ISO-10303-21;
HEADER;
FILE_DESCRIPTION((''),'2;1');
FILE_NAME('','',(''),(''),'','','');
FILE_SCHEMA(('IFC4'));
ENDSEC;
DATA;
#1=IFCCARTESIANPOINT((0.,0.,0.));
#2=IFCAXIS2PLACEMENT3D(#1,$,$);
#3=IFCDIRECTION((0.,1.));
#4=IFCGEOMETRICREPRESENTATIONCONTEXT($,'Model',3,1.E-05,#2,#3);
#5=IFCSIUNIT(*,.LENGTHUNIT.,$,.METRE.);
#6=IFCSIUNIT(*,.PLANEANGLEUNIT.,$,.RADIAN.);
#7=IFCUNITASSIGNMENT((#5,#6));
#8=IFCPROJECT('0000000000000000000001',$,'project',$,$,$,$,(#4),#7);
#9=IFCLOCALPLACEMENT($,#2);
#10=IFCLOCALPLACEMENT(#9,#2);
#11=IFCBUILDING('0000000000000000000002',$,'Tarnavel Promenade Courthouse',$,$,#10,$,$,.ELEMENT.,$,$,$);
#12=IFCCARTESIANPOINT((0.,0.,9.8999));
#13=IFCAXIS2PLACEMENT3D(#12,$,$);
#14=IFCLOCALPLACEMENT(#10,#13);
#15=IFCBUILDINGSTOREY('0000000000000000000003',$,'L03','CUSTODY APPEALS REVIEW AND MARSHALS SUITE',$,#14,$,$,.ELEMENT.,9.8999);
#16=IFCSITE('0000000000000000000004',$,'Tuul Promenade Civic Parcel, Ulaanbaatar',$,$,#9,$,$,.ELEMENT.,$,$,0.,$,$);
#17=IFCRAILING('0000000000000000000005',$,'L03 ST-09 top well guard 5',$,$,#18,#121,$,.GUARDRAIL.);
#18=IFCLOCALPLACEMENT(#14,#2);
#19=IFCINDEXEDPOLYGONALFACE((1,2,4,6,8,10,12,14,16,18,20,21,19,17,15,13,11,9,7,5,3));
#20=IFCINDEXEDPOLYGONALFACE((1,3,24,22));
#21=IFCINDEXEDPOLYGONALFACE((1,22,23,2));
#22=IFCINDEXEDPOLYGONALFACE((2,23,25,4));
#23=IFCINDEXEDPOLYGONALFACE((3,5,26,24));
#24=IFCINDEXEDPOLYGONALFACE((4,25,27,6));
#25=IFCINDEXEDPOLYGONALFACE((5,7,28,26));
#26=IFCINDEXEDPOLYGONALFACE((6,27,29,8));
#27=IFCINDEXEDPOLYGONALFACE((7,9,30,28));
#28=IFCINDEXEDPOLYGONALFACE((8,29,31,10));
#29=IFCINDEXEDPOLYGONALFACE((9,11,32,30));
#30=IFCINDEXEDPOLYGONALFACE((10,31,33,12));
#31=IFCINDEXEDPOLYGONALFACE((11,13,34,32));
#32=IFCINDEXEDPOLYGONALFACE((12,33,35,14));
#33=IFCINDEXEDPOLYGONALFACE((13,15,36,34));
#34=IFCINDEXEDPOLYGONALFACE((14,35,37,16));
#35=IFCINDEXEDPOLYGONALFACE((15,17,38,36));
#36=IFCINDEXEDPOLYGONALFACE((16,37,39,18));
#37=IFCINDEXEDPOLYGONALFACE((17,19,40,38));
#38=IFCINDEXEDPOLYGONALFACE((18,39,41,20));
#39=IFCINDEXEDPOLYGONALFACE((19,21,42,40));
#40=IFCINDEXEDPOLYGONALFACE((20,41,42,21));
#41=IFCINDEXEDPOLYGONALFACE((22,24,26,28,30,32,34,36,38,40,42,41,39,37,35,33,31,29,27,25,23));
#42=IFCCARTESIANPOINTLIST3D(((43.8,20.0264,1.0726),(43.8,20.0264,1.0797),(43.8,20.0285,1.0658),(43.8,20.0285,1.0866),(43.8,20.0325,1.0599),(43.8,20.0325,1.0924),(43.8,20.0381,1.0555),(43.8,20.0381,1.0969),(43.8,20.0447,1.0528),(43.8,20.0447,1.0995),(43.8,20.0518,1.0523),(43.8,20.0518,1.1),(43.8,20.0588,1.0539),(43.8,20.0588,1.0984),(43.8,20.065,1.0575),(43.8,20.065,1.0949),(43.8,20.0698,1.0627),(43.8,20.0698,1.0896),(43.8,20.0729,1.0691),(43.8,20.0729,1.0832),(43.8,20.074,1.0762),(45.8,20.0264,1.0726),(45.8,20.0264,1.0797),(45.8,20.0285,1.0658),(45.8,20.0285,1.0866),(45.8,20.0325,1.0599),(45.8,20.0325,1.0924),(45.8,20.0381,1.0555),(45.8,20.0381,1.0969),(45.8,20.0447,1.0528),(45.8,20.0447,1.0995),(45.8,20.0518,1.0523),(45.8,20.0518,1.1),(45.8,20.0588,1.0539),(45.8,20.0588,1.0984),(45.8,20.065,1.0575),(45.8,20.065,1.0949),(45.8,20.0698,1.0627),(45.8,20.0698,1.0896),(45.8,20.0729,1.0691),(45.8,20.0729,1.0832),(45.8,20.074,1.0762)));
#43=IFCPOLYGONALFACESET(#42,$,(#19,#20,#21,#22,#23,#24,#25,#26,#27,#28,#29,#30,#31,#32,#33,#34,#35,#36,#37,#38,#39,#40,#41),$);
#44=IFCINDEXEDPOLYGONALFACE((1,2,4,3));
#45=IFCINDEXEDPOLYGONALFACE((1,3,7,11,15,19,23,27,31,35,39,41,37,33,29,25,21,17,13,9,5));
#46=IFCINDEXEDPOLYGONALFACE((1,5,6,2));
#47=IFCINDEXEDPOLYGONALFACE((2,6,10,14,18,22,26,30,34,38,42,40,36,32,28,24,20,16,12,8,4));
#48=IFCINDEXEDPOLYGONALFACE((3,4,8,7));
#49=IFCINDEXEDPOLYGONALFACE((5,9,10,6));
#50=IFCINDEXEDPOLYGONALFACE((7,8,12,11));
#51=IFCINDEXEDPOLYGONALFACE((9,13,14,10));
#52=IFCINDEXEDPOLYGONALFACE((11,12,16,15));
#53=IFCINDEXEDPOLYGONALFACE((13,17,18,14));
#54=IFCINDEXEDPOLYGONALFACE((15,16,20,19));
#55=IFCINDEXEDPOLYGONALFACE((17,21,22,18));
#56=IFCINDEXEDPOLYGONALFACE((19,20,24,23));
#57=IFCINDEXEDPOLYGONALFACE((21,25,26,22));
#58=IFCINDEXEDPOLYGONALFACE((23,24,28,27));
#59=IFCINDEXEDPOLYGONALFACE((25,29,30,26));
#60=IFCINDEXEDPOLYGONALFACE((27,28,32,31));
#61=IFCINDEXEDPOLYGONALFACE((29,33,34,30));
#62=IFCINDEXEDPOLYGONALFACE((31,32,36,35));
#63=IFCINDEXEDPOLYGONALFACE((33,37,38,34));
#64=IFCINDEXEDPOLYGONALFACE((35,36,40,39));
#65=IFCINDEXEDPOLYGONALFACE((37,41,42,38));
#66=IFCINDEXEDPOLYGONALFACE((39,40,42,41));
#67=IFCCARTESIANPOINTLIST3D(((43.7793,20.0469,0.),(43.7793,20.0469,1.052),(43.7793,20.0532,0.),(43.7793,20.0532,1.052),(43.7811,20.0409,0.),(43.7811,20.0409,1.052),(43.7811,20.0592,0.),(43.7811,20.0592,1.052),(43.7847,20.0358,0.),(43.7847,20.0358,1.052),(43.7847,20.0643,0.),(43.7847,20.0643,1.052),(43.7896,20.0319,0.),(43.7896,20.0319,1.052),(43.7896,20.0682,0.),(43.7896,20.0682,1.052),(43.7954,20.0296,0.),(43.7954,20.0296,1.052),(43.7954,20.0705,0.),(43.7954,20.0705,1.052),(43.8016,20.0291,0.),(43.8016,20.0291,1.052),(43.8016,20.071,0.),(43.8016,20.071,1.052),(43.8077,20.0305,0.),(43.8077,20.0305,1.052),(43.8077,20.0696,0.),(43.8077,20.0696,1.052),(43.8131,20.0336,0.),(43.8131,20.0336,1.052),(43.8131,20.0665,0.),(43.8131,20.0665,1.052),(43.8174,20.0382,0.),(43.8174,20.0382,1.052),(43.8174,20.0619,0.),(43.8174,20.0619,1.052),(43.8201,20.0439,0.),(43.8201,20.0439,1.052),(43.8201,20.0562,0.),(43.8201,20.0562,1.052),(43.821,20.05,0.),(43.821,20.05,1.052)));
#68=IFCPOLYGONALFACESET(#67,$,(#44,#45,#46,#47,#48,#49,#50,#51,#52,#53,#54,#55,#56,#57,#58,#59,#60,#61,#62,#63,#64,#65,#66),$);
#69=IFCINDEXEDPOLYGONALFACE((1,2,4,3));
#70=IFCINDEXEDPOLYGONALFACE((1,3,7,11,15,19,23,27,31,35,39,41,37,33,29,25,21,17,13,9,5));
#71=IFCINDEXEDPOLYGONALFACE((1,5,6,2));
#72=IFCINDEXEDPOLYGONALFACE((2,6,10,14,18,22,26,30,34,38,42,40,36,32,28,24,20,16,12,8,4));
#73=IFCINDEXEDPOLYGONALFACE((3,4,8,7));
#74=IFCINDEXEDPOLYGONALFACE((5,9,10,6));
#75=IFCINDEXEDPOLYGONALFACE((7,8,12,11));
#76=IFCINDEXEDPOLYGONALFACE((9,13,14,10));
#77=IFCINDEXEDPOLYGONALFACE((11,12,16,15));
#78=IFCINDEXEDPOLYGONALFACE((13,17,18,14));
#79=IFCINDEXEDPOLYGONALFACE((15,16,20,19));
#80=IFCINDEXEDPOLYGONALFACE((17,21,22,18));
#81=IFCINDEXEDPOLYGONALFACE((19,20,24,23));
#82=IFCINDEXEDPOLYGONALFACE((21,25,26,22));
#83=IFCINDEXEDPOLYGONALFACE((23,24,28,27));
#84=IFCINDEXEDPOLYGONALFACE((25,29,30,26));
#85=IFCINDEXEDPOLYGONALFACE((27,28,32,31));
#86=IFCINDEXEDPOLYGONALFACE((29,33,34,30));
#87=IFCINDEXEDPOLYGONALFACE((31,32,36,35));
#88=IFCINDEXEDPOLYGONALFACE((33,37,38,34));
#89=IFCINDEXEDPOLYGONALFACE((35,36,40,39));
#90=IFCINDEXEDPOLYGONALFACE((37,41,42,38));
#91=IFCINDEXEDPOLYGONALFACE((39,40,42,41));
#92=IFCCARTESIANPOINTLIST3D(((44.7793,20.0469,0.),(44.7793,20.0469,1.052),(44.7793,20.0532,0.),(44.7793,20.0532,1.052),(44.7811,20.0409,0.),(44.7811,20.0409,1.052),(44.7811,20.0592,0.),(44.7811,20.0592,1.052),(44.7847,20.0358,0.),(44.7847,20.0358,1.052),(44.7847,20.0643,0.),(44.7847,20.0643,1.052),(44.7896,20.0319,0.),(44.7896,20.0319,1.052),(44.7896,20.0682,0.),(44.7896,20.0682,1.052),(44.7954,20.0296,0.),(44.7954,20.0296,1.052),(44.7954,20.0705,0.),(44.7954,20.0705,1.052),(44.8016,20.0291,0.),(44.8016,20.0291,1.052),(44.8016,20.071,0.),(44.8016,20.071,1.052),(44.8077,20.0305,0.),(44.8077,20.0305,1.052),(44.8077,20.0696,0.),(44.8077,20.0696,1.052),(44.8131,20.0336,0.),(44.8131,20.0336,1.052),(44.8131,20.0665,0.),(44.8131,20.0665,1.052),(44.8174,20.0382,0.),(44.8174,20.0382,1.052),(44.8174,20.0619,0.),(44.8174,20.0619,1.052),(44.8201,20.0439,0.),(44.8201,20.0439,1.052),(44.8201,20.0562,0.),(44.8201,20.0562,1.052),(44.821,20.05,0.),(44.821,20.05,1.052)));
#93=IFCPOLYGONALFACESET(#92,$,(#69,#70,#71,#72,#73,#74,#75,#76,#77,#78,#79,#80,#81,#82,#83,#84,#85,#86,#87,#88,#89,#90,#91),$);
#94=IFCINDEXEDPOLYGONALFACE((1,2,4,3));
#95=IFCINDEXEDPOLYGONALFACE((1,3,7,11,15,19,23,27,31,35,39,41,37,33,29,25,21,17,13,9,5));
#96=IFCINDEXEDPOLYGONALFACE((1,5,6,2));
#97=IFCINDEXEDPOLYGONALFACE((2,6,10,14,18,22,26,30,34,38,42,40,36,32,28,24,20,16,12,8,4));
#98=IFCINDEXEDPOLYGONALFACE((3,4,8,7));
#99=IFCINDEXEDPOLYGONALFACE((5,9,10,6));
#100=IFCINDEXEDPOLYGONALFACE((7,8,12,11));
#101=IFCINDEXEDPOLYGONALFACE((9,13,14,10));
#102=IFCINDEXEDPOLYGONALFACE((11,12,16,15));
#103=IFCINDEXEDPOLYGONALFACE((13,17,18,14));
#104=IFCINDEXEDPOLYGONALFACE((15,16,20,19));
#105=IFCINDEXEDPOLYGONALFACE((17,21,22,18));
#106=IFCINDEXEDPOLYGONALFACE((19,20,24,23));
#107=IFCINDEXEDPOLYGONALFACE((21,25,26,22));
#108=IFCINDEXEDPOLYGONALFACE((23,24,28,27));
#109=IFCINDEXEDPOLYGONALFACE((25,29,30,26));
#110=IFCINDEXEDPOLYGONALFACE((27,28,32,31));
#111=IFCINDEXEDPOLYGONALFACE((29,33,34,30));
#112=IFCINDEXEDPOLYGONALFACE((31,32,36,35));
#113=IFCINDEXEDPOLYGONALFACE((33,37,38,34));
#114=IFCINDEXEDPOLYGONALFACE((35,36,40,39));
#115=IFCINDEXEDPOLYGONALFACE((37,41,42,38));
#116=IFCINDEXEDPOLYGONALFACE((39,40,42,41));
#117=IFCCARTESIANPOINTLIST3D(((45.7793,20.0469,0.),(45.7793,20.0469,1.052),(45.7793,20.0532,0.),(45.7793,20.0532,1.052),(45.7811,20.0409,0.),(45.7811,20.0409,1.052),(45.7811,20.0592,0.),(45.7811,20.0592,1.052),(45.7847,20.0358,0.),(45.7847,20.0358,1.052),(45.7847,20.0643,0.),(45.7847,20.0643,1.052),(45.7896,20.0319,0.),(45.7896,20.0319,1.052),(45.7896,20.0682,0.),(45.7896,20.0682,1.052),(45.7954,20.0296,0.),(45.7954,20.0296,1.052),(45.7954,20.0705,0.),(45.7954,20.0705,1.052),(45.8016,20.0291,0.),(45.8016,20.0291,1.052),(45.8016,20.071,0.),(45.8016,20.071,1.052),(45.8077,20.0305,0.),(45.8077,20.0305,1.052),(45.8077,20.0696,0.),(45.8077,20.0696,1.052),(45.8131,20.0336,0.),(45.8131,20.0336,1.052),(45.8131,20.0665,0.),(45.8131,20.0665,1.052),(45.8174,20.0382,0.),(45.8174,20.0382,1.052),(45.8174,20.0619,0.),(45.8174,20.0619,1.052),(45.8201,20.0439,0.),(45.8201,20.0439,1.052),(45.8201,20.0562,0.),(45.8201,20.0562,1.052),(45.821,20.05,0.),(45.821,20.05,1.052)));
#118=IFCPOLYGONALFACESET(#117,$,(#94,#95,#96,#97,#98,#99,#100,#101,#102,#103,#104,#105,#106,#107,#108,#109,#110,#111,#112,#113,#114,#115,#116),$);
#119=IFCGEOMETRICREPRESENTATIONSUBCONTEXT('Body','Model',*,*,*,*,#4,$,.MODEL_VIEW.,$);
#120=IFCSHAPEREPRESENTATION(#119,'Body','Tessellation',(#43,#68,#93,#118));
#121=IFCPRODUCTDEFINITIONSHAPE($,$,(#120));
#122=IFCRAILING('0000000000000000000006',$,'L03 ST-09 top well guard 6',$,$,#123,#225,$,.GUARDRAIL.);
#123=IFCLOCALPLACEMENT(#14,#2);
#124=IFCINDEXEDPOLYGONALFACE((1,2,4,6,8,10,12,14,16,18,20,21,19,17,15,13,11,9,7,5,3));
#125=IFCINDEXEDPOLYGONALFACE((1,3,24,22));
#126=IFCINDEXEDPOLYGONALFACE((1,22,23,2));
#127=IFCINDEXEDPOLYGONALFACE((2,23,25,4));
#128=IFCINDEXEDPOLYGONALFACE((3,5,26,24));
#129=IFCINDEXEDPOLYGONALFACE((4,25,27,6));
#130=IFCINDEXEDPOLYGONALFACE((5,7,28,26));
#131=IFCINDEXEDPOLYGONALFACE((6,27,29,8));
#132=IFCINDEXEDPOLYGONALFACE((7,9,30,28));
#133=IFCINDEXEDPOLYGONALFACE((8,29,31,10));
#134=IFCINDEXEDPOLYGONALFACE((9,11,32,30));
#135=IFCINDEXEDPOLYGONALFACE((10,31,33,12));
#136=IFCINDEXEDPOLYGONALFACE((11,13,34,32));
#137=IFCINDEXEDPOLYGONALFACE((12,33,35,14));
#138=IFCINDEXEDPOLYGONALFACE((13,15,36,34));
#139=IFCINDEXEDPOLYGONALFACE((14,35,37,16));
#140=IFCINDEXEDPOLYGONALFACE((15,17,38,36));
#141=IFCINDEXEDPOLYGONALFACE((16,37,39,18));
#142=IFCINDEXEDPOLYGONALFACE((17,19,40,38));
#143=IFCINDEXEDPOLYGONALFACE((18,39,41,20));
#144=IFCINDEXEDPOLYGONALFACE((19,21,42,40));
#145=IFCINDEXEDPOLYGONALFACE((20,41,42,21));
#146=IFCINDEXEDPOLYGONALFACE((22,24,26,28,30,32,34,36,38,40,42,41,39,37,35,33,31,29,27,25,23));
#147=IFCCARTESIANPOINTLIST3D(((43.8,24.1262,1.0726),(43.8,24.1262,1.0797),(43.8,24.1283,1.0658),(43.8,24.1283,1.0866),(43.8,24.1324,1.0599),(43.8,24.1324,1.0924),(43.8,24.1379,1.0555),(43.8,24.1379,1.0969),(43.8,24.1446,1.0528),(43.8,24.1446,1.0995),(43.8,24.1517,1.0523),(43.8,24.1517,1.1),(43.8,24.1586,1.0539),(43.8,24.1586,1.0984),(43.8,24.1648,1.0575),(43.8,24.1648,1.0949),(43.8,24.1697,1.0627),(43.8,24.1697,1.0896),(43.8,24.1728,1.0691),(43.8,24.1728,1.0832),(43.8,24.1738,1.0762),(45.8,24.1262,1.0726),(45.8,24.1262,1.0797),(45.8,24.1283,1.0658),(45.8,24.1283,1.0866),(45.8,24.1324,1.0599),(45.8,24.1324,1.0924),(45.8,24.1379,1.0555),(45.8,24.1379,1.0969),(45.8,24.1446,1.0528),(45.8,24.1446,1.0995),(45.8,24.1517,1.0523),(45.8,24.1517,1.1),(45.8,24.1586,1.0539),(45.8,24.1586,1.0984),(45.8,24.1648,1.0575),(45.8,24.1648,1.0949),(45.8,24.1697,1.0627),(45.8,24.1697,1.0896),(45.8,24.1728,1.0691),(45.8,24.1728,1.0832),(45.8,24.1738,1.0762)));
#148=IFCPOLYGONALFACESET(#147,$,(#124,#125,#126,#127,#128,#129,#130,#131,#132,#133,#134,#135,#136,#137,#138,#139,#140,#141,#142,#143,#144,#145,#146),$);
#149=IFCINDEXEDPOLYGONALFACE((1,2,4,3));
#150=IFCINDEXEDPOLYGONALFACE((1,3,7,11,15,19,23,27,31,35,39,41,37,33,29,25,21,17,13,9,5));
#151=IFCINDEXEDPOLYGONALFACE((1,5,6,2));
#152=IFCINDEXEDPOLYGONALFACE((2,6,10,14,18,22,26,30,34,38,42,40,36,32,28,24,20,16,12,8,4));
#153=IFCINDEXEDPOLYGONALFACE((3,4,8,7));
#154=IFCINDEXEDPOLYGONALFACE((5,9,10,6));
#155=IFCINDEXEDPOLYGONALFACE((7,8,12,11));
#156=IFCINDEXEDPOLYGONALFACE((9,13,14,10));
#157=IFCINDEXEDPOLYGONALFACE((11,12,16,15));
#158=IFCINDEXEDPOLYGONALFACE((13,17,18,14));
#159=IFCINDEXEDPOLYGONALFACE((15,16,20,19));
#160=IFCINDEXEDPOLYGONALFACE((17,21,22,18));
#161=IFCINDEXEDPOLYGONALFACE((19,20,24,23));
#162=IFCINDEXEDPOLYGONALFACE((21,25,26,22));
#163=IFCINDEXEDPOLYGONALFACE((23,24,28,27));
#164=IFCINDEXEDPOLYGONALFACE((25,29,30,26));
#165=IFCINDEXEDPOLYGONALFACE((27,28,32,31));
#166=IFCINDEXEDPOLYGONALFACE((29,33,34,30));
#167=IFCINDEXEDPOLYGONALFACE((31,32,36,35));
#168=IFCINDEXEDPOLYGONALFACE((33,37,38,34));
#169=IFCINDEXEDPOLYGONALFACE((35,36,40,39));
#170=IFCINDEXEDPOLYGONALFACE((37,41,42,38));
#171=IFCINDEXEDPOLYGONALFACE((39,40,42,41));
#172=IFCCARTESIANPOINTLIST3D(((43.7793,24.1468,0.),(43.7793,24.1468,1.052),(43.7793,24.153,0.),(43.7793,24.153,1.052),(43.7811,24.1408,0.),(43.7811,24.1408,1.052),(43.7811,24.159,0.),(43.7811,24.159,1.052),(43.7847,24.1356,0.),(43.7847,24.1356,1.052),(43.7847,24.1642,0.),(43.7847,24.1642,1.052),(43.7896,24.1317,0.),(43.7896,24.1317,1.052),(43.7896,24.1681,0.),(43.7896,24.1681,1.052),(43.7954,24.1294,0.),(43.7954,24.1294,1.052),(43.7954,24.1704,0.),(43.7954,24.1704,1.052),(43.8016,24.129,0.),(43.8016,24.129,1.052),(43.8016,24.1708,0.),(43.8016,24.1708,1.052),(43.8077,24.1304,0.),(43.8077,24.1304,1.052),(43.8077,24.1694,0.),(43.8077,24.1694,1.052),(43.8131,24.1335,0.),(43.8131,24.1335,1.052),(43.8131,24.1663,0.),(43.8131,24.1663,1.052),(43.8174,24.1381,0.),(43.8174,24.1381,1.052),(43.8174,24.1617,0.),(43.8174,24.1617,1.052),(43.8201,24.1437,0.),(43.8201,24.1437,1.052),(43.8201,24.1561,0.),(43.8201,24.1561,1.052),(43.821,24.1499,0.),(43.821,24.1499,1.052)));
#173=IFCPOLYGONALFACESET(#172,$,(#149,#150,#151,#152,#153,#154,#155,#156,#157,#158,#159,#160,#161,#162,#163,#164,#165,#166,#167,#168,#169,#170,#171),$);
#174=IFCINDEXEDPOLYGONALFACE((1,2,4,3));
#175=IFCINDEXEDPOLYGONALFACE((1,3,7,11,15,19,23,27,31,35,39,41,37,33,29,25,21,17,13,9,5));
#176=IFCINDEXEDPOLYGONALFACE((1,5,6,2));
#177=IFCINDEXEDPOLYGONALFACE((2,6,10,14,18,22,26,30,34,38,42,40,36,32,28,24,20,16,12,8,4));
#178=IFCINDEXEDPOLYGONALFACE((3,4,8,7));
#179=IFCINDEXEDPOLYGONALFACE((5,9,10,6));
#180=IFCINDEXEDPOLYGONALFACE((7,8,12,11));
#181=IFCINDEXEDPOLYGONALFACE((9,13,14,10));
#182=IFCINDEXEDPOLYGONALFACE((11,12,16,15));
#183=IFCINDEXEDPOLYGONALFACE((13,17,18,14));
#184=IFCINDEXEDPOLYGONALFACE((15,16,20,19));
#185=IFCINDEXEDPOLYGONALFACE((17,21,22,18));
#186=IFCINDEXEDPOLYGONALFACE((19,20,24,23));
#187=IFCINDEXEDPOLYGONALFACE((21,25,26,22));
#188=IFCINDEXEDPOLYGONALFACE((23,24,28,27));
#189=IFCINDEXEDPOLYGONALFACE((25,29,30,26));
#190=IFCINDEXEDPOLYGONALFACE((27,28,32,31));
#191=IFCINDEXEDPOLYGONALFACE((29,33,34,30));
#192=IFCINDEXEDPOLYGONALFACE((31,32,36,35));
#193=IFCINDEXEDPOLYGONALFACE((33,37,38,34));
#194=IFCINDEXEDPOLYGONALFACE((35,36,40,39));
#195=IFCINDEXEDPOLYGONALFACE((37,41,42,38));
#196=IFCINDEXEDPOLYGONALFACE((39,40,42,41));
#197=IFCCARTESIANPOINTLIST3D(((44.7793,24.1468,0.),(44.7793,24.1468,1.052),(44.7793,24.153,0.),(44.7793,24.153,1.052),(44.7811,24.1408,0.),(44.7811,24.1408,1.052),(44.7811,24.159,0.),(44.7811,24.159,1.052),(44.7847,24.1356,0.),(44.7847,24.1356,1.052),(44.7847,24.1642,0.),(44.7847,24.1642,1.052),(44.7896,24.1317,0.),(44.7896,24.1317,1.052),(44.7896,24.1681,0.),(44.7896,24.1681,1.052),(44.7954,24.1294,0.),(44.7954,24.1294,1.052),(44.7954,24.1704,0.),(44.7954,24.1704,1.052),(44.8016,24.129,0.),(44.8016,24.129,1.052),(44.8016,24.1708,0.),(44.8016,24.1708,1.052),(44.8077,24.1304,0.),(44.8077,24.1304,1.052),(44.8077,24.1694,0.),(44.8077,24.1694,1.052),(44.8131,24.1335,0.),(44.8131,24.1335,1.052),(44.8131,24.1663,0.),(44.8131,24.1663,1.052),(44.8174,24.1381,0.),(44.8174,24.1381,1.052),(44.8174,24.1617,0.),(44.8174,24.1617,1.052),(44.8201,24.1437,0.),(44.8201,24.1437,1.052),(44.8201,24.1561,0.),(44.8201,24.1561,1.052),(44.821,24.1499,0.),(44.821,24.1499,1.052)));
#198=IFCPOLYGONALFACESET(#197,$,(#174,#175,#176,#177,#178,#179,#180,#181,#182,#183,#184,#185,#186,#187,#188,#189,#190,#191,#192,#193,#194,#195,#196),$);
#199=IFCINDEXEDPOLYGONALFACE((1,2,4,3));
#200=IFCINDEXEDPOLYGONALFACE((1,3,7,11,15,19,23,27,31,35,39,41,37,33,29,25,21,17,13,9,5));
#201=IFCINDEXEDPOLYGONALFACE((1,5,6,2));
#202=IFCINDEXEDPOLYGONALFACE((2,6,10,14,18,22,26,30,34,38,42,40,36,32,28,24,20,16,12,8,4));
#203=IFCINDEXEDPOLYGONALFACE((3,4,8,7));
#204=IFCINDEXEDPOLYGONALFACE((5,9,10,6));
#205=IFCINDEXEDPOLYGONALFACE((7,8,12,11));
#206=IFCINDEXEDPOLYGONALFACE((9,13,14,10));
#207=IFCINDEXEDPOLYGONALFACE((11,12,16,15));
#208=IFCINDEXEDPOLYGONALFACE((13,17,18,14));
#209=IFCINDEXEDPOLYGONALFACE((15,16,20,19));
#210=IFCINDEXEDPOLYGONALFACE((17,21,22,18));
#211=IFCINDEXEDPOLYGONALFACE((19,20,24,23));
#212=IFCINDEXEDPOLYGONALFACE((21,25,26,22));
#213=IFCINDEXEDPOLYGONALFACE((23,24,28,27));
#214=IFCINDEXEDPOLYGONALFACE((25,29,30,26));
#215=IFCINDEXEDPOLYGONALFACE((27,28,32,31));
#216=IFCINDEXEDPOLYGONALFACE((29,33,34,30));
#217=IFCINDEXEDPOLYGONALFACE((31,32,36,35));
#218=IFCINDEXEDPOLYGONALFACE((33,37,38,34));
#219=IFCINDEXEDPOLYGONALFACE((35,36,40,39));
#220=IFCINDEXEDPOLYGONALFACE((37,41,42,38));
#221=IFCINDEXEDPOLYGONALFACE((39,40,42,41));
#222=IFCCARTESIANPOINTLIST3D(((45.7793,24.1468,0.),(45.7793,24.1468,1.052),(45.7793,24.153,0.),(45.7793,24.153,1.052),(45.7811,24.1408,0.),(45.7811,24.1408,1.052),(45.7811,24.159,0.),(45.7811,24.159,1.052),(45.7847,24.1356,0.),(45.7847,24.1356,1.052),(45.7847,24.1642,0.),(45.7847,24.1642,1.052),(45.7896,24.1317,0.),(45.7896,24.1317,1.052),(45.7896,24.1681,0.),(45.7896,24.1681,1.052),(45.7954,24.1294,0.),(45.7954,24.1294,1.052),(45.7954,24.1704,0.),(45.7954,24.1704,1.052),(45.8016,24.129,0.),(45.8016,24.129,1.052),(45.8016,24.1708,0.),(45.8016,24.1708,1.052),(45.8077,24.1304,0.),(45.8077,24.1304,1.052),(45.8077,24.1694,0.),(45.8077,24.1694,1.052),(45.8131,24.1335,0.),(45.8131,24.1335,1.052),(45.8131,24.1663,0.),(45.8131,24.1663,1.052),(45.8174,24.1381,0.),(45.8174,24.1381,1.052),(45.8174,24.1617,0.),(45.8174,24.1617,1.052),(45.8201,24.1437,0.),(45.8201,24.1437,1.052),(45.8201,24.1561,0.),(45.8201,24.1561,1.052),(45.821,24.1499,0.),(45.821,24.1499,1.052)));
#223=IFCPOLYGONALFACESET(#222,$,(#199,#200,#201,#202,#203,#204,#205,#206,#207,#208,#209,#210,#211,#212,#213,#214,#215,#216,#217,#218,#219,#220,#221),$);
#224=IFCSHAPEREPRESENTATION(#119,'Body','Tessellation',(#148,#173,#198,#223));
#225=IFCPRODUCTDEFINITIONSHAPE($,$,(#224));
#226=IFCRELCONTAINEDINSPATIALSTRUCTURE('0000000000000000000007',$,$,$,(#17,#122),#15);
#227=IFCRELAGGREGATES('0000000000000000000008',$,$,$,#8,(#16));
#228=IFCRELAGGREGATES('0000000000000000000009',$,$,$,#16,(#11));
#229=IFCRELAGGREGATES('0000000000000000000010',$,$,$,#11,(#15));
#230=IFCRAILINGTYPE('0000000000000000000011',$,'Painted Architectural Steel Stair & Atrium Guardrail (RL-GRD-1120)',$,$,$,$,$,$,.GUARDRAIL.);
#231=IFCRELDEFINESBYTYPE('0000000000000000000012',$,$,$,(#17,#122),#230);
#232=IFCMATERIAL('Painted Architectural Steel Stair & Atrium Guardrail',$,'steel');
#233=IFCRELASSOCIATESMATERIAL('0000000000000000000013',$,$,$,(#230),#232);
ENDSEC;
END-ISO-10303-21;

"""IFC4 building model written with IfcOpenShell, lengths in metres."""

from ifc_helpers import new_model, si_unit, direction, frame, origin, origin_2d, place, context, subcontext, project, spatial, circle, extrude, material, type_object, element, save


model = new_model("IFC4")

# Units and contexts
model_context = context("Model", 3, precision=1e-05, world=origin(), true_north=direction((0.0, 1.0)))
body_context = subcontext(model_context, "Body", "Model", "MODEL_VIEW")
ifc_project = project(units=[si_unit("LENGTHUNIT", "METRE"), si_unit("PLANEANGLEUNIT", "RADIAN")], contexts=[model_context])

# Site, building, storey
site_placement = place(None, origin())
site = spatial("IfcSite", under=ifc_project, at=site_placement, Name="Tuul Promenade Civic Parcel, Ulaanbaatar", CompositionType="ELEMENT", RefElevation=0.0)
building_placement = place(site_placement, origin())
building = spatial("IfcBuilding", under=site, at=building_placement, Name="Tarnavel Promenade Courthouse", CompositionType="ELEMENT")
storey_placement = place(building_placement, frame((0.0, 0.0, 9.8999)))
storey = spatial("IfcBuildingStorey", under=building, at=storey_placement, Name="L03", Description="CUSTODY APPEALS REVIEW AND MARSHALS SUITE", CompositionType="ELEMENT", Elevation=9.8999)

# Railings
ifc_material_1 = material(Name="Painted Architectural Steel Stair & Atrium Guardrail", Category="steel")
railing_type = type_object("IfcRailingType", Name="Painted Architectural Steel Stair & Atrium Guardrail (RL-GRD-1120)", PredefinedType="GUARDRAIL", material=ifc_material_1)
for number, where, name in (
    (1, (43.8, 20.05, 0.0), "L03 ST-09 top well guard 5"),
    (2, (43.8, 24.1499, 0.0), "L03 ST-09 top well guard 6"),
):
    element("IfcRailing", number, at=place(storey_placement, frame(where)), inside=storey, type_object=railing_type, Name=name, PredefinedType="GUARDRAIL", context=body_context, shape_type="SweptSolid", body=[
        extrude(circle(Radius=0.0239, at=origin_2d()), frame((0.0, 0.0, 1.0762), z_axis=(1.0, 0.0, 0.0), x_axis=(0.0, 1.0, 0.0)), (0.0, 0.0, 1.0), 2.0),
        extrude(circle(Radius=0.021, at=origin_2d()), origin(), (0.0, 0.0, 1.0), 1.052),
        extrude(circle(Radius=0.021, at=origin_2d()), frame((1.0, 0.0, 0.0)), (0.0, 0.0, 1.0), 1.052),
        extrude(circle(Radius=0.021, at=origin_2d()), frame((2.0, 0.0, 0.0)), (0.0, 0.0, 1.0), 1.052),
    ])

save(model, "model.ifc")
